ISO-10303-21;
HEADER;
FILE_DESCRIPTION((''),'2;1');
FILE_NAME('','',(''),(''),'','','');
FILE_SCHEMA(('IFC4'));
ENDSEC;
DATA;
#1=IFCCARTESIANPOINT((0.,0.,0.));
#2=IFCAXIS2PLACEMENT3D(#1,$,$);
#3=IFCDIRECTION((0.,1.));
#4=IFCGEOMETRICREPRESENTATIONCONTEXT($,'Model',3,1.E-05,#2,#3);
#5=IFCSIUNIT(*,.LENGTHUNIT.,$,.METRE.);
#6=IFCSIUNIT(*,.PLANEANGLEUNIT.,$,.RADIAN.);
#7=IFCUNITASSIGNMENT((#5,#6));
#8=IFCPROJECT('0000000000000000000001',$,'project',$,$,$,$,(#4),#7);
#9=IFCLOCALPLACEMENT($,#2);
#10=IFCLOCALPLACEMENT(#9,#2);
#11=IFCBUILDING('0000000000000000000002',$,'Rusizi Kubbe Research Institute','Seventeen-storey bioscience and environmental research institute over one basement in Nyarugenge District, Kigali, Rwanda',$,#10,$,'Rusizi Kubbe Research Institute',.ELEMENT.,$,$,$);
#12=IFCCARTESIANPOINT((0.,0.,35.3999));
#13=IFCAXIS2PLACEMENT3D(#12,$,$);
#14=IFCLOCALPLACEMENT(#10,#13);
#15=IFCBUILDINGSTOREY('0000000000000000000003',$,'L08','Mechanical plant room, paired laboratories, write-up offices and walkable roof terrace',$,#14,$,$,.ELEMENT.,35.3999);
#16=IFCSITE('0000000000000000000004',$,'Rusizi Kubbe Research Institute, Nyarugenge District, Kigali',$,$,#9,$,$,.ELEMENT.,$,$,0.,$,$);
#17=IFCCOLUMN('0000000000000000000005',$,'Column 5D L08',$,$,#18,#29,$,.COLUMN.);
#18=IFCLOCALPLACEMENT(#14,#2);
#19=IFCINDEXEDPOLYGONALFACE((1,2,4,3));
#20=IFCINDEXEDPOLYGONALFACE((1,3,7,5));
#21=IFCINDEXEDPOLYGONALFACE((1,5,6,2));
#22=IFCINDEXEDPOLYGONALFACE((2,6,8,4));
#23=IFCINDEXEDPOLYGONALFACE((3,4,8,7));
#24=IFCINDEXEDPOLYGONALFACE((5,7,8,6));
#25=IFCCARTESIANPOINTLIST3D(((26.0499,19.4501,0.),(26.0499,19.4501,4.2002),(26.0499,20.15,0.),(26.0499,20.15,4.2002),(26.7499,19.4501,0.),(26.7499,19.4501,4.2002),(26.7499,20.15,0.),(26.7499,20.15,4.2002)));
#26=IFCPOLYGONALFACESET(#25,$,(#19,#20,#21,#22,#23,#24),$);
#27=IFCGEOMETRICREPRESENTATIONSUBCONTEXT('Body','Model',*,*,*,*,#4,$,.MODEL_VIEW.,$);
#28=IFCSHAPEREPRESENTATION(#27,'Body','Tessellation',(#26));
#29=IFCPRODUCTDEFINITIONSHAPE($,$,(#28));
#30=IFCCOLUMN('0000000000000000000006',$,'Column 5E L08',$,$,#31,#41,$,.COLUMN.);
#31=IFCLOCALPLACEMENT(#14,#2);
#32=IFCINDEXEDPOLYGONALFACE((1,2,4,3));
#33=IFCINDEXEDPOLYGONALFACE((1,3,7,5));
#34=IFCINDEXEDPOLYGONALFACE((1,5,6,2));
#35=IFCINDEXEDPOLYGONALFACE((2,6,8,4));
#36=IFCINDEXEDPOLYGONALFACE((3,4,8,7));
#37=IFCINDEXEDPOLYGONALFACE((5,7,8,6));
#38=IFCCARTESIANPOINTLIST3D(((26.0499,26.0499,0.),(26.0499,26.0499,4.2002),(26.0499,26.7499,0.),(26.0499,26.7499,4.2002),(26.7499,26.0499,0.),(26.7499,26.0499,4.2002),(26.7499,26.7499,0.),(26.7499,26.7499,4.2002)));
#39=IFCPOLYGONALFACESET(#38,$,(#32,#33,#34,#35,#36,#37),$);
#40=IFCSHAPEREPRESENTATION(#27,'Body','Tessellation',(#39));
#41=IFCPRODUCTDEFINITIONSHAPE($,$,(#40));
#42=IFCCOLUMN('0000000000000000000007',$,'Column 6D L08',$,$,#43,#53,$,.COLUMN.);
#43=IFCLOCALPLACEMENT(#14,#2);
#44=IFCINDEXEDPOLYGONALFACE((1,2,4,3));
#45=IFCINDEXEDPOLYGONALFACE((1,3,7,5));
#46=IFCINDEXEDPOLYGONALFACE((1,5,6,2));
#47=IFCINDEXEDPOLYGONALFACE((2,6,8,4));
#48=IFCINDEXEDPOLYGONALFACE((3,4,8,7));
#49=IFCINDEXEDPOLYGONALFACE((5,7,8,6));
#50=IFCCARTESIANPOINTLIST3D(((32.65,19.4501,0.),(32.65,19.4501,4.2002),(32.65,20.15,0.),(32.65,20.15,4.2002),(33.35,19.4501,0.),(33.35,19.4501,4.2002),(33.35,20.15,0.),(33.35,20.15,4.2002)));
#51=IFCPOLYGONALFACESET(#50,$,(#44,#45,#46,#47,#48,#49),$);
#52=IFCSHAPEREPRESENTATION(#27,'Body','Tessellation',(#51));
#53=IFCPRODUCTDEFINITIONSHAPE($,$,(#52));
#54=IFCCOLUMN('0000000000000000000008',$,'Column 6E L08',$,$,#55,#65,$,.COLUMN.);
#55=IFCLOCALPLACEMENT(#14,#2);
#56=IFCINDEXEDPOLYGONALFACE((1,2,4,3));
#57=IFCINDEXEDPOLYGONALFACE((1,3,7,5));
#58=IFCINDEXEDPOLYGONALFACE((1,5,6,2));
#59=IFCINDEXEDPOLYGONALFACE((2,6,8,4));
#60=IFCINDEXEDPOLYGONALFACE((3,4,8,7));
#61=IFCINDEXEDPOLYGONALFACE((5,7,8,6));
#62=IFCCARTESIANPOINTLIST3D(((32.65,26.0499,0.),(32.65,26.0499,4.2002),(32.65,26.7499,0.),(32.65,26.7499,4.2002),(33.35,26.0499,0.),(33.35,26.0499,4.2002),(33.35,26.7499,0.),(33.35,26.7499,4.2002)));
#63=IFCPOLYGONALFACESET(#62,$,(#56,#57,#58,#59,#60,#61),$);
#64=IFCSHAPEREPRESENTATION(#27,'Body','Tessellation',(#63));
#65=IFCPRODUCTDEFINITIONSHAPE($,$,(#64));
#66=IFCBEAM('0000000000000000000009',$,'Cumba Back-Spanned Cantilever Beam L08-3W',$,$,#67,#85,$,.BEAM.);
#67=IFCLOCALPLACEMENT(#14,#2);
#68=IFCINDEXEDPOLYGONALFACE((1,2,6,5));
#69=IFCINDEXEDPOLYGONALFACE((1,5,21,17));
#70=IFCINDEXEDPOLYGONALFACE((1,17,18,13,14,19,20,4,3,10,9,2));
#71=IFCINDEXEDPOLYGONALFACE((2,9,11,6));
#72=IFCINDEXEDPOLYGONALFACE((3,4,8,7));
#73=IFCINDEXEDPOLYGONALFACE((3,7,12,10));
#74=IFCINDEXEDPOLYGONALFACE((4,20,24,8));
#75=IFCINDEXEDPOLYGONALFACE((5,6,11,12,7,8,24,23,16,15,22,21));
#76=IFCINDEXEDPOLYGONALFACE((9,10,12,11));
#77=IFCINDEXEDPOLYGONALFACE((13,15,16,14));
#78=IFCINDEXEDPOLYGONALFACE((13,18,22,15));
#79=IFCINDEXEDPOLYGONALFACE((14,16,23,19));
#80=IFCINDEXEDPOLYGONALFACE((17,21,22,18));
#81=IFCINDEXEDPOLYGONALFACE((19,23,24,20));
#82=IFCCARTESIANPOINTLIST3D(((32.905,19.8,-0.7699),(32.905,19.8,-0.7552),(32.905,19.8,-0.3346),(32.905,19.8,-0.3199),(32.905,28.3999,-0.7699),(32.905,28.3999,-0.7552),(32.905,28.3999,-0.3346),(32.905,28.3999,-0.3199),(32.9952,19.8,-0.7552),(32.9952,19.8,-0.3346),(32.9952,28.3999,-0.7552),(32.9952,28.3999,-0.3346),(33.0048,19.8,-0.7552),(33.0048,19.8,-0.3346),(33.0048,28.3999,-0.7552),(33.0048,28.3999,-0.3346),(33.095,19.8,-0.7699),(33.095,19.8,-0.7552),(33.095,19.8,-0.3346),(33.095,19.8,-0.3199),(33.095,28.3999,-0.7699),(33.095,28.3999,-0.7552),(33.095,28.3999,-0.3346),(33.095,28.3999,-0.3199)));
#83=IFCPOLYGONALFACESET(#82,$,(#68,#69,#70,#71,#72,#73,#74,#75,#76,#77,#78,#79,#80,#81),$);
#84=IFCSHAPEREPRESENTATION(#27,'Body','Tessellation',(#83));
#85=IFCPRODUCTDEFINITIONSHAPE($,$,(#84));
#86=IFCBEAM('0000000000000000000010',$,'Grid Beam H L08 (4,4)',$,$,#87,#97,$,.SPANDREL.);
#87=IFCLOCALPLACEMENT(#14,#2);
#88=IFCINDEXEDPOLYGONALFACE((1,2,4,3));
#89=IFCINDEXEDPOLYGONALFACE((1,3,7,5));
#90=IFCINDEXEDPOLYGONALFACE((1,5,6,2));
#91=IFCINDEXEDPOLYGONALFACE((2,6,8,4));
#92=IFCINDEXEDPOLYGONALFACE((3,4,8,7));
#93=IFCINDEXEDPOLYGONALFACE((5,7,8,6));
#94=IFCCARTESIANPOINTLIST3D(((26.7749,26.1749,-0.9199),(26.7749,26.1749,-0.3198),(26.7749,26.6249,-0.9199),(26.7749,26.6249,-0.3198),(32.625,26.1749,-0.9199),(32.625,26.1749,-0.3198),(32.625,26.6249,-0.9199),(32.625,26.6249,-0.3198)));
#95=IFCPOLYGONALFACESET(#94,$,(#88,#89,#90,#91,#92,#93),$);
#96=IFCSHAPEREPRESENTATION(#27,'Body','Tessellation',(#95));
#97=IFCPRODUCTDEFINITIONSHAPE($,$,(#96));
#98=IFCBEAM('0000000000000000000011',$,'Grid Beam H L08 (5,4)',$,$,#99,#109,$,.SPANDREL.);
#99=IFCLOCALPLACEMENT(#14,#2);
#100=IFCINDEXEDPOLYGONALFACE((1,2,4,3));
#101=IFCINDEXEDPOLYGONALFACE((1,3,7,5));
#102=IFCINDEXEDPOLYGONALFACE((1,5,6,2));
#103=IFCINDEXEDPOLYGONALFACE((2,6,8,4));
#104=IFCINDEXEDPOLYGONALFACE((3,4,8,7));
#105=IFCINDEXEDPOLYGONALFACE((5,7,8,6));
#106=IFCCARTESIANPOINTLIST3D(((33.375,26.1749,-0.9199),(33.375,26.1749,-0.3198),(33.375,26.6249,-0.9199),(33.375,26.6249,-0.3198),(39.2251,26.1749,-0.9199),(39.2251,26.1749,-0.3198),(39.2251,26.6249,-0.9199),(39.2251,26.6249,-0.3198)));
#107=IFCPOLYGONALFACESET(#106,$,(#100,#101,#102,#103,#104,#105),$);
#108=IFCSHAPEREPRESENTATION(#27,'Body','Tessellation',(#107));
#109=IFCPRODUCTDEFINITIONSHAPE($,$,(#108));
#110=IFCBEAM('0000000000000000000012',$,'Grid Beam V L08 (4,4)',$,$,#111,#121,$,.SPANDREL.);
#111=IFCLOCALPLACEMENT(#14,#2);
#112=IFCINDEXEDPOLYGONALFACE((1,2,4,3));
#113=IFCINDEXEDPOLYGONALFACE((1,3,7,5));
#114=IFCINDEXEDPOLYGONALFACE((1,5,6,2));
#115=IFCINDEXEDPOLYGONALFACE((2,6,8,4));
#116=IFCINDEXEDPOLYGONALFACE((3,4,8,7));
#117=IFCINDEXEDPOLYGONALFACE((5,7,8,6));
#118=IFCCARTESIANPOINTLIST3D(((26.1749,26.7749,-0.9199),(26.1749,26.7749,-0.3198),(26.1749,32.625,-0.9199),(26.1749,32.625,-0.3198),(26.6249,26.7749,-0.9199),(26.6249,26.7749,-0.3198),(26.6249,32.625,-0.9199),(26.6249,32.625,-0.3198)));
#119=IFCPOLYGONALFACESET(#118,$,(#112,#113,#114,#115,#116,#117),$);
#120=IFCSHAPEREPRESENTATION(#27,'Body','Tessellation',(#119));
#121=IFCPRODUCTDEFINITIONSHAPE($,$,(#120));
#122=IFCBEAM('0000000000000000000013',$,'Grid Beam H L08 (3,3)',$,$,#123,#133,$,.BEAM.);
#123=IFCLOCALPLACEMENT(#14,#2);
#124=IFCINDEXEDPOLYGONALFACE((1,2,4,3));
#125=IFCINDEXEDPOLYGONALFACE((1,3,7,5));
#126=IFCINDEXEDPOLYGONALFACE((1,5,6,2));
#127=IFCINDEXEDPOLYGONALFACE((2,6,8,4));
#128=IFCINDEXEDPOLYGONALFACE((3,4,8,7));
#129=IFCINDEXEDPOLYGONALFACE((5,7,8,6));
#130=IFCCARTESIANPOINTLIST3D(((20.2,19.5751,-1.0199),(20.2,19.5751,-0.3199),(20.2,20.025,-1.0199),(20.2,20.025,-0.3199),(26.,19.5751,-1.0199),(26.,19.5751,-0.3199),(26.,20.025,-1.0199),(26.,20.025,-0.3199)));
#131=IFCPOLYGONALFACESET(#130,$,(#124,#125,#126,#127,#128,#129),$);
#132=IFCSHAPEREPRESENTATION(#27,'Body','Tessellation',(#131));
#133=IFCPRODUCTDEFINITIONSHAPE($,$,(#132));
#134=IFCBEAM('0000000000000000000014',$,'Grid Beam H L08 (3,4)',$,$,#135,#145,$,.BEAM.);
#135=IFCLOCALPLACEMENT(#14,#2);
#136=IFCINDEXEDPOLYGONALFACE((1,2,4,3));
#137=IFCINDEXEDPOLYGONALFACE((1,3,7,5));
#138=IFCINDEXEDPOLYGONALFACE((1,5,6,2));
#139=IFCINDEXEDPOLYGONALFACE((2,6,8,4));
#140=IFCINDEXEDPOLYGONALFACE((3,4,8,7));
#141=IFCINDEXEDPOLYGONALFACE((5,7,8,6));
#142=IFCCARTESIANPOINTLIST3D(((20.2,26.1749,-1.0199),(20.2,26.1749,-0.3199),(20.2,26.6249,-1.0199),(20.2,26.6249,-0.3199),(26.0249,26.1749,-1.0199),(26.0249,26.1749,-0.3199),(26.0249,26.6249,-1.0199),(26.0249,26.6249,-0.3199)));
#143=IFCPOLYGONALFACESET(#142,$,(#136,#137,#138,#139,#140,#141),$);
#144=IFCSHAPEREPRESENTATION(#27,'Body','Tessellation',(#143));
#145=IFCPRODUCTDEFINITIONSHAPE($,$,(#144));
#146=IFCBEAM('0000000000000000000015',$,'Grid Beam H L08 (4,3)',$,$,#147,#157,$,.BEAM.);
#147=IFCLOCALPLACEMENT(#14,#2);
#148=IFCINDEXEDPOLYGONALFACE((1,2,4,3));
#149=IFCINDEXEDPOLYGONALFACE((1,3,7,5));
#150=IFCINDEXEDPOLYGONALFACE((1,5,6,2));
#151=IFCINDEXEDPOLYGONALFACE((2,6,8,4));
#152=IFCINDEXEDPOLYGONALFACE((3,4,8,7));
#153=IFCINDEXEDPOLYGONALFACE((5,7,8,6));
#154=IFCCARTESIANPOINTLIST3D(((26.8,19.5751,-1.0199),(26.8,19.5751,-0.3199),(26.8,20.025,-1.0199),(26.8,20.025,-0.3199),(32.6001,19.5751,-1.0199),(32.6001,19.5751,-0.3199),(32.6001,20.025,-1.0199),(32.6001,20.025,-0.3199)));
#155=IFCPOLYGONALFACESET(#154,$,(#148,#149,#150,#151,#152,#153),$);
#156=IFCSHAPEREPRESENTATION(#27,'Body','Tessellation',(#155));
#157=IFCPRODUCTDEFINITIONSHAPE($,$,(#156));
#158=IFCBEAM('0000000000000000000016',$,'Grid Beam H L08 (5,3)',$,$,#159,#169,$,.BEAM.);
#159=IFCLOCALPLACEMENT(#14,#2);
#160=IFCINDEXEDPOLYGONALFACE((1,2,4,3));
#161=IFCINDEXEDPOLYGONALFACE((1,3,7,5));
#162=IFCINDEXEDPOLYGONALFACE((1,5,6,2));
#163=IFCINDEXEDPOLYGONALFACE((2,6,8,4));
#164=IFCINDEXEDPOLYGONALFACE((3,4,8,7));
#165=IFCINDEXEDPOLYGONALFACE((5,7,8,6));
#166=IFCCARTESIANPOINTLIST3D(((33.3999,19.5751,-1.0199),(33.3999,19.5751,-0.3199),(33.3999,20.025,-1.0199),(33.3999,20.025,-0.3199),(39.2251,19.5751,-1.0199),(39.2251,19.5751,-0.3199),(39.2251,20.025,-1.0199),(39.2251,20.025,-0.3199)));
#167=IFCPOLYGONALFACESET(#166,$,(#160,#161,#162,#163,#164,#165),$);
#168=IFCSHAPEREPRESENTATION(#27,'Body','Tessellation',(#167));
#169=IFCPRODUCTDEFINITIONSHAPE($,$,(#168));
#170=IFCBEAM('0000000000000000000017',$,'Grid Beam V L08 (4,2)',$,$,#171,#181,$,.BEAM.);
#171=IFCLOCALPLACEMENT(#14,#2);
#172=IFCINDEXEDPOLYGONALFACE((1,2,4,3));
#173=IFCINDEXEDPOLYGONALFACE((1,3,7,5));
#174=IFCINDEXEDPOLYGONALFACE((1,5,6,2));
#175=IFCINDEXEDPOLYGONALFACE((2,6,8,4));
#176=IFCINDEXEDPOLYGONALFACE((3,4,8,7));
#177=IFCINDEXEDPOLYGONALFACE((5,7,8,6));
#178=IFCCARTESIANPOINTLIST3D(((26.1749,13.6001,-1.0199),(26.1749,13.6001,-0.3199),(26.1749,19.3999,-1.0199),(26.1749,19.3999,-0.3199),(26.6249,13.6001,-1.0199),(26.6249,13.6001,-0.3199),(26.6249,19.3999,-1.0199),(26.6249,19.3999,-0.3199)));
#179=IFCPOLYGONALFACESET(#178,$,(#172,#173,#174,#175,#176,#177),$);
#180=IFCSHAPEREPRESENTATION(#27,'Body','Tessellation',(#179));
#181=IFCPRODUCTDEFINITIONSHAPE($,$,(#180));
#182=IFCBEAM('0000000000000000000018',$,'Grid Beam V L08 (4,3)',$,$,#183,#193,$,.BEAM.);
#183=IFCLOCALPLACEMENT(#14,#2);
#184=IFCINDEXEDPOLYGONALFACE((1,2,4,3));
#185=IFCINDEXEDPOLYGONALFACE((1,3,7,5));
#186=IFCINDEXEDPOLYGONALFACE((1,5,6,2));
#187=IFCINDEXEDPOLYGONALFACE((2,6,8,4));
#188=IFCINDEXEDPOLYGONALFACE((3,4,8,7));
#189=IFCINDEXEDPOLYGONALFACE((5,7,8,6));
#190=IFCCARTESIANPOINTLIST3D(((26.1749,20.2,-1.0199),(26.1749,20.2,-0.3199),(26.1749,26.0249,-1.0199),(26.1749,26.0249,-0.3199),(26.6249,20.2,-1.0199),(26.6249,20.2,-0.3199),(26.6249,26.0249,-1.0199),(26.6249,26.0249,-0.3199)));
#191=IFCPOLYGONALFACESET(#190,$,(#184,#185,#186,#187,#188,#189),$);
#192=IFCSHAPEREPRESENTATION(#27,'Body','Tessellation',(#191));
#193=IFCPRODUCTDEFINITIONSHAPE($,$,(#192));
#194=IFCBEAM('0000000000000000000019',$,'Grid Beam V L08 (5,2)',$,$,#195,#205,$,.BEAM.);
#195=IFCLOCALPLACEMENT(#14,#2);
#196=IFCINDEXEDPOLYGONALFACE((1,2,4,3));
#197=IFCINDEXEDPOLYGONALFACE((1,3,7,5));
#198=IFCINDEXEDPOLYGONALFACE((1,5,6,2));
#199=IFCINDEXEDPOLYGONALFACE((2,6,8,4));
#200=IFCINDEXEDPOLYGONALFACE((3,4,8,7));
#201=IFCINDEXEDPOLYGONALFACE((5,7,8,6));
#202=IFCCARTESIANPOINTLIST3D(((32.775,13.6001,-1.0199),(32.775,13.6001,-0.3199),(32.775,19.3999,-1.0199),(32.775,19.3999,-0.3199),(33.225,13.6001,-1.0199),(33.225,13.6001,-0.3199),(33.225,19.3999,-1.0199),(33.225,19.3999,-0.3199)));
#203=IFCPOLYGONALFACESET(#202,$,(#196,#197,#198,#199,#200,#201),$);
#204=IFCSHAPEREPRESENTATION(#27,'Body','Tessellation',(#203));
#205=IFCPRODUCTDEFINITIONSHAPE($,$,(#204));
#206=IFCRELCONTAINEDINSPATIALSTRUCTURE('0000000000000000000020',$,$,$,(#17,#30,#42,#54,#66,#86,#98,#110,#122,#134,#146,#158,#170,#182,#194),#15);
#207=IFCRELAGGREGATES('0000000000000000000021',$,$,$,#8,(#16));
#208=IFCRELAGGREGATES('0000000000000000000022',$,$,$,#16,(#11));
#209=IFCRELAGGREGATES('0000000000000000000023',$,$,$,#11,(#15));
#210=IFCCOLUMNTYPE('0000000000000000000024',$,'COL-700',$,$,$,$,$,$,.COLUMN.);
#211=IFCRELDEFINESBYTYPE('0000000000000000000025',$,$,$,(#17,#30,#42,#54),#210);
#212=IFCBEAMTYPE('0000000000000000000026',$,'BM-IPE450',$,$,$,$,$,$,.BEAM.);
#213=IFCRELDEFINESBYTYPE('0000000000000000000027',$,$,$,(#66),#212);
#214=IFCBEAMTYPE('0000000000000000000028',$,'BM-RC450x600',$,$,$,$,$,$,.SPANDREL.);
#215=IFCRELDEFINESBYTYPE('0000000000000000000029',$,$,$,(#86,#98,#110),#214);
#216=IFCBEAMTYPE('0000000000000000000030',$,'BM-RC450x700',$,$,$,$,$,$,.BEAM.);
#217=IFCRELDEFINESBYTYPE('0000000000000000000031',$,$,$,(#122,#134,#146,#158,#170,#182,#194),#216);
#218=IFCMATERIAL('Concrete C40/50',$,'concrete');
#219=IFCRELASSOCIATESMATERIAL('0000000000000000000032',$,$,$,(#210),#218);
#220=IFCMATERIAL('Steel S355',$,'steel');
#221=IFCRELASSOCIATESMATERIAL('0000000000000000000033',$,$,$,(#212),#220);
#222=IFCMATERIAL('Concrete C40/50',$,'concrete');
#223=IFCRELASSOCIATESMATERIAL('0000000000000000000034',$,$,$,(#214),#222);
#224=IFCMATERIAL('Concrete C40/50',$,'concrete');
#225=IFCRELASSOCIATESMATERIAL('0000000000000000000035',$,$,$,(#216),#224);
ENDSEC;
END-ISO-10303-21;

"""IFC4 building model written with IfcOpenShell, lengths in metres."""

from ifc_helpers import new_model, si_unit, direction, frame, origin, origin_2d, place, context, subcontext, project, spatial, rectangle, i_section, extrude, material, material_profile, profile_set, type_object, element, save


model = new_model("IFC4")

# Units and contexts
model_context = context("Model", 3, precision=1e-05, world=origin(), true_north=direction((0.0, 1.0)))
body_context = subcontext(model_context, "Body", "Model", "MODEL_VIEW")
ifc_project = project(units=[si_unit("LENGTHUNIT", "METRE"), si_unit("PLANEANGLEUNIT", "RADIAN")], contexts=[model_context])

# Site, building, storey
site_placement = place(None, origin())
site = spatial("IfcSite", under=ifc_project, at=site_placement, Name="Rusizi Kubbe Research Institute, Nyarugenge District, Kigali", CompositionType="ELEMENT", RefElevation=0.0)
building_placement = place(site_placement, origin())
building = spatial("IfcBuilding", under=site, at=building_placement, Name="Rusizi Kubbe Research Institute", Description="Seventeen-storey bioscience and environmental research institute over one basement in Nyarugenge District, Kigali, Rwanda", LongName="Rusizi Kubbe Research Institute", CompositionType="ELEMENT")
storey_placement = place(building_placement, frame((0.0, 0.0, 35.3999)))
storey = spatial("IfcBuildingStorey", under=building, at=storey_placement, Name="L08", Description="Mechanical plant room, paired laboratories, write-up offices and walkable roof terrace", CompositionType="ELEMENT", Elevation=35.3999)

# Columns
ifc_material_1 = material(Name="Concrete C40/50", Category="concrete")
ifc_material_profile_1 = material_profile(ifc_material_1, rectangle(XDim=0.7, YDim=0.7, at=origin_2d()), Name="RC700x700")
ifc_profile_set_1 = profile_set([ifc_material_profile_1], Name="Concrete C40/50")
column_type = type_object("IfcColumnType", Name="COL-700", PredefinedType="COLUMN", material=ifc_profile_set_1)
for number, where, z_axis, x_axis, name in (
    (1, (26.3999, 19.8, 0.0), (0.0, 0.0, 1.0), (1.0, 0.0, 0.0), "Column 5D L08"),
    (2, (26.3999, 26.3999, 0.0), (0.0, 0.0, 1.0), (1.0, 0.0, 0.0), "Column 5E L08"),
    (3, (33.0, 19.8, 0.0), (0.0, 0.0, 1.0), (1.0, 0.0, 0.0), "Column 6D L08"),
    (4, (33.0, 26.3999, 0.0), (0.0, 0.0, 1.0), (1.0, 0.0, 0.0), "Column 6E L08"),
):
    element("IfcColumn", number, at=place(storey_placement, frame(where, z_axis=z_axis, x_axis=x_axis)), inside=storey, type_object=column_type, Name=name, PredefinedType="COLUMN", context=body_context, shape_type="SweptSolid", body=[
        extrude(rectangle(XDim=0.7, YDim=0.7, at=origin_2d()), origin(), (0.0, 0.0, 1.0), 4.2002),
    ])

# Beams
ifc_material_2 = material(Name="Steel S355", Category="steel")
ifc_material_profile_2 = material_profile(ifc_material_2, i_section(OverallWidth=0.1899, OverallDepth=0.45, WebThickness=0.0095, FlangeThickness=0.0146, at=origin_2d()), Name="IPE 450")
ifc_profile_set_2 = profile_set([ifc_material_profile_2], Name="Steel S355")
beam_type_1 = type_object("IfcBeamType", Name="BM-IPE450", PredefinedType="BEAM", material=ifc_profile_set_2)
beam_1_placement = place(storey_placement, frame((33.0, 19.8, -0.5449), z_axis=(0.0, 1.0, 0.0), x_axis=(-1.0, 0.0, 0.0)))
element("IfcBeam", 5, at=beam_1_placement, inside=storey, type_object=beam_type_1, Name="Cumba Back-Spanned Cantilever Beam L08-3W", PredefinedType="BEAM", context=body_context, shape_type="SweptSolid", body=[
    extrude(i_section(OverallWidth=0.1899, OverallDepth=0.45, WebThickness=0.0095, FlangeThickness=0.0146, at=origin_2d()), origin(), (0.0, 0.0, 1.0), 8.5999),
])
ifc_material_3 = material(Name="Concrete C40/50", Category="concrete")
ifc_material_profile_3 = material_profile(ifc_material_3, rectangle(XDim=0.45, YDim=0.6001, at=origin_2d()), Name="RC450x600")
ifc_profile_set_3 = profile_set([ifc_material_profile_3], Name="Concrete C40/50")
beam_type_2 = type_object("IfcBeamType", Name="BM-RC450x600", PredefinedType="SPANDREL", material=ifc_profile_set_3)
for number, where, z_axis, x_axis, name in (
    (6, (26.7749, 26.3999, -0.6199), (1.0, 0.0, 0.0), (0.0, 1.0, 0.0), "Grid Beam H L08 (4,4)"),
    (7, (33.375, 26.3999, -0.6199), (1.0, 0.0, 0.0), (0.0, 1.0, 0.0), "Grid Beam H L08 (5,4)"),
    (8, (26.3999, 26.7749, -0.6199), (0.0, 1.0, 0.0), (-1.0, 0.0, 0.0), "Grid Beam V L08 (4,4)"),
):
    element("IfcBeam", number, at=place(storey_placement, frame(where, z_axis=z_axis, x_axis=x_axis)), inside=storey, type_object=beam_type_2, Name=name, PredefinedType="SPANDREL", context=body_context, shape_type="SweptSolid", body=[
        extrude(rectangle(XDim=0.45, YDim=0.6001, at=origin_2d()), origin(), (0.0, 0.0, 1.0), 5.8501),
    ])
ifc_material_4 = material(Name="Concrete C40/50", Category="concrete")
ifc_material_profile_4 = material_profile(ifc_material_4, rectangle(XDim=0.45, YDim=0.7, at=origin_2d()), Name="RC450x700B")
ifc_profile_set_4 = profile_set([ifc_material_profile_4], Name="Concrete C40/50")
beam_type_3 = type_object("IfcBeamType", Name="BM-RC450x700", PredefinedType="BEAM", material=ifc_profile_set_4)
beam_2_placement = place(storey_placement, frame((20.2, 19.8, -0.6699), z_axis=(1.0, 0.0, 0.0), x_axis=(0.0, 1.0, 0.0)))
element("IfcBeam", 9, at=beam_2_placement, inside=storey, type_object=beam_type_3, Name="Grid Beam H L08 (3,3)", PredefinedType="BEAM", context=body_context, shape_type="SweptSolid", body=[
    extrude(rectangle(XDim=0.45, YDim=0.7, at=origin_2d()), origin(), (0.0, 0.0, 1.0), 5.8),
])
beam_3_placement = place(storey_placement, frame((20.2, 26.3999, -0.6699), z_axis=(1.0, 0.0, 0.0), x_axis=(0.0, 1.0, 0.0)))
element("IfcBeam", 10, at=beam_3_placement, inside=storey, type_object=beam_type_3, Name="Grid Beam H L08 (3,4)", PredefinedType="BEAM", context=body_context, shape_type="SweptSolid", body=[
    extrude(rectangle(XDim=0.45, YDim=0.7, at=origin_2d()), origin(), (0.0, 0.0, 1.0), 5.825),
])
beam_4_placement = place(storey_placement, frame((26.8, 19.8, -0.6699), z_axis=(1.0, 0.0, 0.0), x_axis=(0.0, 1.0, 0.0)))
element("IfcBeam", 11, at=beam_4_placement, inside=storey, type_object=beam_type_3, Name="Grid Beam H L08 (4,3)", PredefinedType="BEAM", context=body_context, shape_type="SweptSolid", body=[
    extrude(rectangle(XDim=0.45, YDim=0.7, at=origin_2d()), origin(), (0.0, 0.0, 1.0), 5.8),
])
beam_5_placement = place(storey_placement, frame((33.3999, 19.8, -0.6699), z_axis=(1.0, 0.0, 0.0), x_axis=(0.0, 1.0, 0.0)))
element("IfcBeam", 12, at=beam_5_placement, inside=storey, type_object=beam_type_3, Name="Grid Beam H L08 (5,3)", PredefinedType="BEAM", context=body_context, shape_type="SweptSolid", body=[
    extrude(rectangle(XDim=0.45, YDim=0.7, at=origin_2d()), origin(), (0.0, 0.0, 1.0), 5.8252),
])
beam_6_placement = place(storey_placement, frame((26.3999, 13.6001, -0.6699), z_axis=(0.0, 1.0, 0.0), x_axis=(-1.0, 0.0, 0.0)))
element("IfcBeam", 13, at=beam_6_placement, inside=storey, type_object=beam_type_3, Name="Grid Beam V L08 (4,2)", PredefinedType="BEAM", context=body_context, shape_type="SweptSolid", body=[
    extrude(rectangle(XDim=0.45, YDim=0.7, at=origin_2d()), origin(), (0.0, 0.0, 1.0), 5.7998),
])
beam_7_placement = place(storey_placement, frame((26.3999, 20.2, -0.6699), z_axis=(0.0, 1.0, 0.0), x_axis=(-1.0, 0.0, 0.0)))
element("IfcBeam", 14, at=beam_7_placement, inside=storey, type_object=beam_type_3, Name="Grid Beam V L08 (4,3)", PredefinedType="BEAM", context=body_context, shape_type="SweptSolid", body=[
    extrude(rectangle(XDim=0.45, YDim=0.7, at=origin_2d()), origin(), (0.0, 0.0, 1.0), 5.825),
])
beam_8_placement = place(storey_placement, frame((33.0, 13.6001, -0.6699), z_axis=(0.0, 1.0, 0.0), x_axis=(-1.0, 0.0, 0.0)))
element("IfcBeam", 15, at=beam_8_placement, inside=storey, type_object=beam_type_3, Name="Grid Beam V L08 (5,2)", PredefinedType="BEAM", context=body_context, shape_type="SweptSolid", body=[
    extrude(rectangle(XDim=0.45, YDim=0.7, at=origin_2d()), origin(), (0.0, 0.0, 1.0), 5.7998),
])

save(model, "model.ifc")
